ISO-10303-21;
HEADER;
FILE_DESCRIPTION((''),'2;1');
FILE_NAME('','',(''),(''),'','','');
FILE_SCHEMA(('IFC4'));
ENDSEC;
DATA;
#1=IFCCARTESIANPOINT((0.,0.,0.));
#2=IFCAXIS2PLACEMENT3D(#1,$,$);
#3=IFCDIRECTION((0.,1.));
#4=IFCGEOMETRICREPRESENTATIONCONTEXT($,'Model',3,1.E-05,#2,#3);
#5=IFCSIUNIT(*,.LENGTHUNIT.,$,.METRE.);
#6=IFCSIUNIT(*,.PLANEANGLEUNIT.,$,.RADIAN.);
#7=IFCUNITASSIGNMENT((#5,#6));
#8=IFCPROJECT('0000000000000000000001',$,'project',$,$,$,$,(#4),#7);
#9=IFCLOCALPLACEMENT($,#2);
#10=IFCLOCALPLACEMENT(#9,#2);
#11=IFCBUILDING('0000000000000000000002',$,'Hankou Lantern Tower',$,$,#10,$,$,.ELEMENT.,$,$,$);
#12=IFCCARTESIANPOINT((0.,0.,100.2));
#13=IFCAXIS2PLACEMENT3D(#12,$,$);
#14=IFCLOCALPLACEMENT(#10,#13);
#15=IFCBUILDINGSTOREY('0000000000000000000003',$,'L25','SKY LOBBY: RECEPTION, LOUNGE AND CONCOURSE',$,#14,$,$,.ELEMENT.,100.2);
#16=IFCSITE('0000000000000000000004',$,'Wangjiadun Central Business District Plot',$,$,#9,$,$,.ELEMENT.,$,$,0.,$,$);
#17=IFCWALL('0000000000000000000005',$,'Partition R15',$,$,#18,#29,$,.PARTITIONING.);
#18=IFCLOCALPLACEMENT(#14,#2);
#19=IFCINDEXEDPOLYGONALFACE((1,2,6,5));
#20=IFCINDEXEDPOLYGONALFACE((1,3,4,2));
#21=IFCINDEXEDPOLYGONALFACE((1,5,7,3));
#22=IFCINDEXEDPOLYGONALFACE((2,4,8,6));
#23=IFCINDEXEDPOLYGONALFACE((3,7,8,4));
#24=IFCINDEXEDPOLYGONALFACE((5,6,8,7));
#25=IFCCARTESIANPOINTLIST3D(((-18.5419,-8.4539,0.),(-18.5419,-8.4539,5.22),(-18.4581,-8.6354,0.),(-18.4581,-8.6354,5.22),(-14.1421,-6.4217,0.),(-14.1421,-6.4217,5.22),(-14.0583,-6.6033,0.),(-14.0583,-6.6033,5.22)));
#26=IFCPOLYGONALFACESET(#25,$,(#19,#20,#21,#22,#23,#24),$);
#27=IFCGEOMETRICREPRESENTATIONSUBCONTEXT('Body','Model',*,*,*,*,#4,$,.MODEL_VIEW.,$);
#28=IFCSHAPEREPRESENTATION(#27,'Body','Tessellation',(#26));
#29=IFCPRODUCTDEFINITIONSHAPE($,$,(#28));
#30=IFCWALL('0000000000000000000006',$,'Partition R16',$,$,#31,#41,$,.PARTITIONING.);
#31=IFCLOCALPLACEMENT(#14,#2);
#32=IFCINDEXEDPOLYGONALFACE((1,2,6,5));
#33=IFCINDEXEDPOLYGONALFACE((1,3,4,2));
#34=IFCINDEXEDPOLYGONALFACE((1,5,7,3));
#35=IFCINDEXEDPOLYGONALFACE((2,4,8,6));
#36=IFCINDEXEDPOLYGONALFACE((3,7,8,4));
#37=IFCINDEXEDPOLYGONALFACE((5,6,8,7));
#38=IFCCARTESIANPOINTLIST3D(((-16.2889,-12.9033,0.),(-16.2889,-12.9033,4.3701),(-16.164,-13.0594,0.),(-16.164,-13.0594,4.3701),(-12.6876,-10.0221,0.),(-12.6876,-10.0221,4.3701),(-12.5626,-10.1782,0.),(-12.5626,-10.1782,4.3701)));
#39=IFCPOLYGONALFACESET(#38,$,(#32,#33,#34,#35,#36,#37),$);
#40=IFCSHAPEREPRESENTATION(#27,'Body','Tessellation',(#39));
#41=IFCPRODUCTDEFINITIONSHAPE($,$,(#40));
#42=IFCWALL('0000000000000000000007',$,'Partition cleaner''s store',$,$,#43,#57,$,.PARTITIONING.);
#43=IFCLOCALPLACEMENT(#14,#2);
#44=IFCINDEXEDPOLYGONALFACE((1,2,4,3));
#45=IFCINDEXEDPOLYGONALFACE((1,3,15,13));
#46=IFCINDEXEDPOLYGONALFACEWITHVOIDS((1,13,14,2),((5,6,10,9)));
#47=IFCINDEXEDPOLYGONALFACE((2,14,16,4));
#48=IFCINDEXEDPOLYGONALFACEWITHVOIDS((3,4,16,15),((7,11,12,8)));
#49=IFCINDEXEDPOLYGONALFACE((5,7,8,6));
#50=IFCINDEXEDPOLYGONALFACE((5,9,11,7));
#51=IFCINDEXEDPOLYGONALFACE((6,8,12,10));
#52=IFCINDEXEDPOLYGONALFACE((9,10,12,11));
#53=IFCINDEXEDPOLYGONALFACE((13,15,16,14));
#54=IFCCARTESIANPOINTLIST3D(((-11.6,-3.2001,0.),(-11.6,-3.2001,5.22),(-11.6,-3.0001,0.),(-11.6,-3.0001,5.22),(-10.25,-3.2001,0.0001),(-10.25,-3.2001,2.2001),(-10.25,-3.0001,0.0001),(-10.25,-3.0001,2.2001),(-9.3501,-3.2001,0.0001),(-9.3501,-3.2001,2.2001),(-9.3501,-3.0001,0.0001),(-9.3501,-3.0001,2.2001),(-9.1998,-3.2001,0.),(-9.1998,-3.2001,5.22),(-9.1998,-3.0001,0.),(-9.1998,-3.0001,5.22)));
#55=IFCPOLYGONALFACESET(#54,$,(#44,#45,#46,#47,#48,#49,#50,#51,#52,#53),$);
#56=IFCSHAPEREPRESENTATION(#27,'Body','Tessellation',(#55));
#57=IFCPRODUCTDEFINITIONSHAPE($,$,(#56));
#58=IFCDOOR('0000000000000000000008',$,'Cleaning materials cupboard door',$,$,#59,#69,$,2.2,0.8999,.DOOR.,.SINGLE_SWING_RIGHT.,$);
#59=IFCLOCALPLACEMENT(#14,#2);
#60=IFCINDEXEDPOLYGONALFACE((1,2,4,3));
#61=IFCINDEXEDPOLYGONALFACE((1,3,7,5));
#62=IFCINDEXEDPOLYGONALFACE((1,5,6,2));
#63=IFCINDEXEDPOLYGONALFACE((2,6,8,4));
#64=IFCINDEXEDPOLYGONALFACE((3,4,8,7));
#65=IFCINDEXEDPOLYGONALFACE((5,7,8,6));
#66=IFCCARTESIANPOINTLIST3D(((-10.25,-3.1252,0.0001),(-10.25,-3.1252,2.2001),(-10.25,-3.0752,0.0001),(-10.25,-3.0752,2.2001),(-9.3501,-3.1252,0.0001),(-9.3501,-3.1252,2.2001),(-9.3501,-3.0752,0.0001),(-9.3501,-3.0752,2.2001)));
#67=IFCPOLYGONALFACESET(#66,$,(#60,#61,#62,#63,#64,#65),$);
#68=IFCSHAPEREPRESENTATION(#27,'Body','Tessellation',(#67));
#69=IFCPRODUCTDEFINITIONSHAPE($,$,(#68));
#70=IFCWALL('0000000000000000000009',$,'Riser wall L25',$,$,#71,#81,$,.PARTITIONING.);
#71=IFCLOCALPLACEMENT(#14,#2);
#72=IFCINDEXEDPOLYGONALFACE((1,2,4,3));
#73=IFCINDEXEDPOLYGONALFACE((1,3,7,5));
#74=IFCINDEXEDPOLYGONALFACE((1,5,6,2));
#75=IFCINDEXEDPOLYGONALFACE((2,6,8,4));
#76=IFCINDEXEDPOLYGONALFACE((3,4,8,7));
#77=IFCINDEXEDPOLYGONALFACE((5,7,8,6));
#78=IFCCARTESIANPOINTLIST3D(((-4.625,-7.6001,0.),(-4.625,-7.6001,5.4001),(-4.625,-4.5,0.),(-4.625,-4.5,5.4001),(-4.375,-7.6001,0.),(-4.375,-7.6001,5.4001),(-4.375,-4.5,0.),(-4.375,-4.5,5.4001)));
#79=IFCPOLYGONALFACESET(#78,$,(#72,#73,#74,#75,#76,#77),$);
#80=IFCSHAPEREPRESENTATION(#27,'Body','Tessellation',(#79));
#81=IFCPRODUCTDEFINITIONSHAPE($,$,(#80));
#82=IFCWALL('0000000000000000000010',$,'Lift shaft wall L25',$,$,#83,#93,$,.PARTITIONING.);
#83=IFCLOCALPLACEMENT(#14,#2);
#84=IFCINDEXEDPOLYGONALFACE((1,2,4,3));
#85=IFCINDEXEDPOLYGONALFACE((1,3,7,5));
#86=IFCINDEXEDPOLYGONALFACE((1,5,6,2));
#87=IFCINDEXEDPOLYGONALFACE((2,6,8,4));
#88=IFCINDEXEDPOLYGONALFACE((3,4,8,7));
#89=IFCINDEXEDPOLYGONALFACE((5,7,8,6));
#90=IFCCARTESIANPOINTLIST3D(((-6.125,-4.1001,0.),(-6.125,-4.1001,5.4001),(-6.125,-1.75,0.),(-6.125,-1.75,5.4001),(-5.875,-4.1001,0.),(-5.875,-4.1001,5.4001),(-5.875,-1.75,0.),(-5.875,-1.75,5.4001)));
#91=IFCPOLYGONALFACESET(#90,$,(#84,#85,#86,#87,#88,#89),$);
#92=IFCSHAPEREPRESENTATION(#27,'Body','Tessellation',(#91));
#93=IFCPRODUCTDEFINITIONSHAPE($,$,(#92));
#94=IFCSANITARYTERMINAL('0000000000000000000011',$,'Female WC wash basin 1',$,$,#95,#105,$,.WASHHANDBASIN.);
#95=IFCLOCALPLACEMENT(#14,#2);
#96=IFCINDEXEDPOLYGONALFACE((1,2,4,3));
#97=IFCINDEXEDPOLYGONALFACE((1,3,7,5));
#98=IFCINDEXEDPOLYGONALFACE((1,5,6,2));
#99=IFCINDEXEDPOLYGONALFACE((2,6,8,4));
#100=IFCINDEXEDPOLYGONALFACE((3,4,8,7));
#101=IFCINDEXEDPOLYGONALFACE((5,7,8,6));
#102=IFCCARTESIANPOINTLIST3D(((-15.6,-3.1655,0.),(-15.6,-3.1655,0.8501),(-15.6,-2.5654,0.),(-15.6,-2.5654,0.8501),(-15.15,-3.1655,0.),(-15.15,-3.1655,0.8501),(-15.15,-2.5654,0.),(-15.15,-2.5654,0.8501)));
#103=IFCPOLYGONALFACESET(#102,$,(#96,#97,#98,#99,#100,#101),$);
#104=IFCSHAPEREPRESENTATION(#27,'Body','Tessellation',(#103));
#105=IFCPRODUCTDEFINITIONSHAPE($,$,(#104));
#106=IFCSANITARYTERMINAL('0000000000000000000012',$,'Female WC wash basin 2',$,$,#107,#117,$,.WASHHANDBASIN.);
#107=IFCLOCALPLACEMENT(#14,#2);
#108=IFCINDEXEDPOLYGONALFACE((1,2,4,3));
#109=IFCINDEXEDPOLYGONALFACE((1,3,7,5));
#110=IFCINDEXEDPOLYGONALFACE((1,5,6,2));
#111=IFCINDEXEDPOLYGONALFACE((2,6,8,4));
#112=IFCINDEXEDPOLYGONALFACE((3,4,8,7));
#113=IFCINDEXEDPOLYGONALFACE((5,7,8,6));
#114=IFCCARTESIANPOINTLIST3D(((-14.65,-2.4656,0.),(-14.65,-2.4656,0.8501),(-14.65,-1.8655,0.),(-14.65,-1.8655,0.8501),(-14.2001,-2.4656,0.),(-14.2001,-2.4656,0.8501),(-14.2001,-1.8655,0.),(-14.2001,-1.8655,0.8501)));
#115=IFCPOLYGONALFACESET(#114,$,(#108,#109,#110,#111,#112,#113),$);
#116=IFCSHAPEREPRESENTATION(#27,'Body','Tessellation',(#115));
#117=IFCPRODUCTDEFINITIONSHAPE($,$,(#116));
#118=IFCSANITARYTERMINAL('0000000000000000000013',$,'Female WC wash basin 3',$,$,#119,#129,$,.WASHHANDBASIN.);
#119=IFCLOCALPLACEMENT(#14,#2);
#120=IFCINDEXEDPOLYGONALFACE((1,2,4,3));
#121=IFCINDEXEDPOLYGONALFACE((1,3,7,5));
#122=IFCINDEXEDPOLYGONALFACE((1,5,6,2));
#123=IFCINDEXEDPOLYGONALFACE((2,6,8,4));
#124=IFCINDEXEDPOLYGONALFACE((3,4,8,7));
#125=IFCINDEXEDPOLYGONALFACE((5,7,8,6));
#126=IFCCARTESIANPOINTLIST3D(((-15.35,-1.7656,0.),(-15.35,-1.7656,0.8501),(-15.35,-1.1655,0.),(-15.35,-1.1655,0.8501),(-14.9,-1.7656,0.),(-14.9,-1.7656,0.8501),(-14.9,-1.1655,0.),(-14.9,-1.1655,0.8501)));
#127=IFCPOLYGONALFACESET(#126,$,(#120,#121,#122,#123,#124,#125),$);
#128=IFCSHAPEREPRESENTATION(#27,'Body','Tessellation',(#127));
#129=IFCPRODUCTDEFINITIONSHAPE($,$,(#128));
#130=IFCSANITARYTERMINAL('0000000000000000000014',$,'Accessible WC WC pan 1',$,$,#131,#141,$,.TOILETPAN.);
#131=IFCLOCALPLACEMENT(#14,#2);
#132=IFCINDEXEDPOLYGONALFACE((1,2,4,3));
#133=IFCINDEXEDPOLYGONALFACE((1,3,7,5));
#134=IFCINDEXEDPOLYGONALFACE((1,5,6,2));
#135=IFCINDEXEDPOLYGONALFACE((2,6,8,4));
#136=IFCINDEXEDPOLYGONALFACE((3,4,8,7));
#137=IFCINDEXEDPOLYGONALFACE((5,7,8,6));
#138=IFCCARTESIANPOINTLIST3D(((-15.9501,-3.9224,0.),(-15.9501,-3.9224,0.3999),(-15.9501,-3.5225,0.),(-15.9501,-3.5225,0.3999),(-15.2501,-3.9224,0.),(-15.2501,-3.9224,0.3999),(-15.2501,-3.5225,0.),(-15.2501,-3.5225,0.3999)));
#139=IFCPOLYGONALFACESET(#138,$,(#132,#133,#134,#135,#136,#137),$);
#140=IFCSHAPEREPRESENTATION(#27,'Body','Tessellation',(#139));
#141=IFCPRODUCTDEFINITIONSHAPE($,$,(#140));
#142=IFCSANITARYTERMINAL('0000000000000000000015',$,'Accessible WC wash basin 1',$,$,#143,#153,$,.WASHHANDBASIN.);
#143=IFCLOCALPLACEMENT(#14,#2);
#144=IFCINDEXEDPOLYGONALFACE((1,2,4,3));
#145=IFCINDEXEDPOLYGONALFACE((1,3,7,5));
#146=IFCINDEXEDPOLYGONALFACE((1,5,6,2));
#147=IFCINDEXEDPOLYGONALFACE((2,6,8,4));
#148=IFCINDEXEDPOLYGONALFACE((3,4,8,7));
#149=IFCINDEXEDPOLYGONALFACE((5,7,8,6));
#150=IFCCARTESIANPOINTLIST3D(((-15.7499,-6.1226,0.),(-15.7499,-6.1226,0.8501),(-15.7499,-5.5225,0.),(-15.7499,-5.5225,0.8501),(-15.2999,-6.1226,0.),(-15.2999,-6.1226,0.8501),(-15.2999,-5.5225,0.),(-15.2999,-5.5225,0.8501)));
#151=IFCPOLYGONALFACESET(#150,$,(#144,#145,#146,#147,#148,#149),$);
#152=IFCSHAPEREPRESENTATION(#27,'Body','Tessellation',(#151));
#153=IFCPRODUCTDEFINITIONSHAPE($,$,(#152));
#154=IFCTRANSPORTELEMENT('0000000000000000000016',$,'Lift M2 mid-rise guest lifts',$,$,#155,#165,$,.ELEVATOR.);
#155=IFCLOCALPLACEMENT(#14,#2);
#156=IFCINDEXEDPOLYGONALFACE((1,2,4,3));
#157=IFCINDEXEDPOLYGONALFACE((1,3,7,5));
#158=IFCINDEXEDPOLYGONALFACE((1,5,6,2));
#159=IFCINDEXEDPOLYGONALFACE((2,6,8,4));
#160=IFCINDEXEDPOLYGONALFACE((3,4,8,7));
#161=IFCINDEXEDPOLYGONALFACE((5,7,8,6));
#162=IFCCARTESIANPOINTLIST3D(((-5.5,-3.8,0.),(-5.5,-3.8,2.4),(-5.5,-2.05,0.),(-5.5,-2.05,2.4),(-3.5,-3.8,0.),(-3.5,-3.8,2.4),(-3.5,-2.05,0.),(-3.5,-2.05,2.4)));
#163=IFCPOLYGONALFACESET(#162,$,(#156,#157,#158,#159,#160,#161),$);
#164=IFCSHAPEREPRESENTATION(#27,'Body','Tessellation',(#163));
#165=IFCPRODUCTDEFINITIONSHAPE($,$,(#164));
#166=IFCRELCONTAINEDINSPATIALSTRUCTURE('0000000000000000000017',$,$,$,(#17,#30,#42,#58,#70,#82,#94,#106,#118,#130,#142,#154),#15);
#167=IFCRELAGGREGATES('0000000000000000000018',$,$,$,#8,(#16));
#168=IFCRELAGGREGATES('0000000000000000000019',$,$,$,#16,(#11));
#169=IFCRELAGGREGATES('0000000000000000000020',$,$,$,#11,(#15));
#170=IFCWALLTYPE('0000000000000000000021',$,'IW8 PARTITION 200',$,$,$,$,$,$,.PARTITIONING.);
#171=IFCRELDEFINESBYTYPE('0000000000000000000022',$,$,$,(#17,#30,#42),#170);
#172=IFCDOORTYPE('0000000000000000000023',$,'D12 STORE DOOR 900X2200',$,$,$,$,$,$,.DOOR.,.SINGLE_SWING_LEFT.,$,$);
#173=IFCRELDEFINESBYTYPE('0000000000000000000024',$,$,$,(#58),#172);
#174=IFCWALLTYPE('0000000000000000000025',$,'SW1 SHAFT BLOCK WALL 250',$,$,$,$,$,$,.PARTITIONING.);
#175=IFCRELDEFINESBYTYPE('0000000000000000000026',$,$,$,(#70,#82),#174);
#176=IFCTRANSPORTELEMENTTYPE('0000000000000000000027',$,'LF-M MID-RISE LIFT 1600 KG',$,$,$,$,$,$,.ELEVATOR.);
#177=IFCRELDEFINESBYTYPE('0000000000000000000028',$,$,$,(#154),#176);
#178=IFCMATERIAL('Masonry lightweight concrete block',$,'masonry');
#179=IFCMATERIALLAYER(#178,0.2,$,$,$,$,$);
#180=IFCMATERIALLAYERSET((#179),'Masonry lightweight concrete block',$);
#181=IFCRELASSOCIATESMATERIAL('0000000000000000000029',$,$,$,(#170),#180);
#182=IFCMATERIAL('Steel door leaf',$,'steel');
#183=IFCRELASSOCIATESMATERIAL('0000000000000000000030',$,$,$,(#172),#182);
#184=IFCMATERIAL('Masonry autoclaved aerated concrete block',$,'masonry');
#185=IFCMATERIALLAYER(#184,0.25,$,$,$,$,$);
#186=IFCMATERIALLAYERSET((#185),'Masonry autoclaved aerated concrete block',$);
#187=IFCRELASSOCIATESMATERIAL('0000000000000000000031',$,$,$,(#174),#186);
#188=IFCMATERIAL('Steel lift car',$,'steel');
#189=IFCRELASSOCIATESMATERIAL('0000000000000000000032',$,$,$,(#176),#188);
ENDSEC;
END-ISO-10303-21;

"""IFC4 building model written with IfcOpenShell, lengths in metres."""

from ifc_helpers import new_model, si_unit, direction, frame, frame_2d, origin, origin_2d, place, context, subcontext, project, spatial, rectangle, extrude, material, layer, layer_set, type_object, element, fill, save


model = new_model("IFC4")

# Units and contexts
model_context = context("Model", 3, precision=1e-05, world=origin(), true_north=direction((0.0, 1.0)))
body_context = subcontext(model_context, "Body", "Model", "MODEL_VIEW")
ifc_project = project(units=[si_unit("LENGTHUNIT", "METRE"), si_unit("PLANEANGLEUNIT", "RADIAN")], contexts=[model_context])

# Site, building, storey
site_placement = place(None, origin())
site = spatial("IfcSite", under=ifc_project, at=site_placement, Name="Wangjiadun Central Business District Plot", CompositionType="ELEMENT", RefElevation=0.0)
building_placement = place(site_placement, origin())
building = spatial("IfcBuilding", under=site, at=building_placement, Name="Hankou Lantern Tower", CompositionType="ELEMENT")
storey_placement = place(building_placement, frame((0.0, 0.0, 100.2)))
storey = spatial("IfcBuildingStorey", under=building, at=storey_placement, Name="L25", Description="SKY LOBBY: RECEPTION, LOUNGE AND CONCOURSE", CompositionType="ELEMENT", Elevation=100.2)

# Walls
ifc_material_1 = material(Name="Masonry lightweight concrete block", Category="masonry")
ifc_layer_1 = layer(ifc_material_1, 0.2)
ifc_layer_set_1 = layer_set([ifc_layer_1], Name="Masonry lightweight concrete block")
wall_type_1 = type_object("IfcWallType", Name="IW8 PARTITION 200", PredefinedType="PARTITIONING", material=ifc_layer_set_1)
wall_1_placement = place(storey_placement, frame((-14.1001, -6.5125, 0.0), z_axis=(0.0, 0.0, 1.0), x_axis=(-0.907841, -0.419314, 0.0)))
element("IfcWall", 1, at=wall_1_placement, inside=storey, type_object=wall_type_1, Name="Partition R15", PredefinedType="PARTITIONING", context=body_context, shape_type="SweptSolid", body=[
    extrude(rectangle(XDim=4.8464, YDim=0.2, at=frame_2d((2.4233, 0.0))), origin(), (0.0, 0.0, 1.0), 5.22),
])
wall_2_placement = place(storey_placement, frame((-12.625, -10.1001, 0.0), z_axis=(0.0, 0.0, 1.0), x_axis=(-0.780864, -0.624702, 0.0)))
element("IfcWall", 2, at=wall_2_placement, inside=storey, type_object=wall_type_1, Name="Partition R16", PredefinedType="PARTITIONING", context=body_context, shape_type="SweptSolid", body=[
    extrude(rectangle(XDim=4.6121, YDim=0.2, at=frame_2d((2.3062, 0.0))), origin(), (0.0, 0.0, 1.0), 4.3701),
])

# Wall, opening, door
wall_3_placement = place(storey_placement, frame((-11.6001, -3.1001, 0.0), z_axis=(0.0, 0.0, 1.0), x_axis=(1.0, 0.0, 0.0)))
wall_3 = element("IfcWall", 3, at=wall_3_placement, inside=storey, type_object=wall_type_1, Name="Partition cleaner's store", PredefinedType="PARTITIONING", context=body_context, shape_type="SweptSolid", body=[
    extrude(rectangle(XDim=2.4001, YDim=0.2, at=frame_2d((1.2002, 0.0))), origin(), (0.0, 0.0, 1.0), 5.22),
])
opening_1_placement = place(wall_3_placement, frame((1.3501, 0.0, 0.0)))
opening_1 = element("IfcOpeningElement", 4, at=opening_1_placement, cuts=wall_3, PredefinedType="OPENING", context=body_context, shape_type="SweptSolid", body=[
    extrude(rectangle(XDim=0.8999, YDim=2.2, at=frame_2d((0.45, 1.1001))), frame((0.0, 0.1099, 0.0), z_axis=(0.0, -1.0, 0.0), x_axis=(1.0, 0.0, 0.0)), (0.0, 0.0, 1.0), 0.22),
])
ifc_material_2 = material(Name="Steel door leaf", Category="steel")
door_type_1 = type_object("IfcDoorType", Name="D12 STORE DOOR 900X2200", OperationType="SINGLE_SWING_LEFT", PredefinedType="DOOR", material=ifc_material_2)
door_1_placement = place(opening_1_placement, origin())
door_1 = element("IfcDoor", 5, at=door_1_placement, inside=storey, type_object=door_type_1, Name="Cleaning materials cupboard door", OperationType="SINGLE_SWING_RIGHT", OverallHeight=2.2, OverallWidth=0.8999, PredefinedType="DOOR", context=body_context, shape_type="SweptSolid", body=[
    extrude(rectangle(XDim=0.8999, YDim=2.2, at=frame_2d((0.45, 1.1001))), frame((0.0, 0.0249, 0.0), z_axis=(0.0, -1.0, 0.0), x_axis=(1.0, 0.0, 0.0)), (0.0, 0.0, 1.0), 0.05),
])
fill(opening_1, door_1)

# Walls
ifc_material_3 = material(Name="Masonry autoclaved aerated concrete block", Category="masonry")
ifc_layer_2 = layer(ifc_material_3, 0.25)
ifc_layer_set_2 = layer_set([ifc_layer_2], Name="Masonry autoclaved aerated concrete block")
wall_type_2 = type_object("IfcWallType", Name="SW1 SHAFT BLOCK WALL 250", PredefinedType="PARTITIONING", material=ifc_layer_set_2)
wall_4_placement = place(storey_placement, frame((-4.5, -7.6001, 0.0), z_axis=(0.0, 0.0, 1.0), x_axis=(0.0, 1.0, 0.0)))
element("IfcWall", 6, at=wall_4_placement, inside=storey, type_object=wall_type_2, Name="Riser wall L25", PredefinedType="PARTITIONING", context=body_context, shape_type="SweptSolid", body=[
    extrude(rectangle(XDim=3.1001, YDim=0.25, at=frame_2d((1.55, 0.0))), origin(), (0.0, 0.0, 1.0), 5.4001),
])
wall_5_placement = place(storey_placement, frame((-6.0, -4.1001, 0.0), z_axis=(0.0, 0.0, 1.0), x_axis=(0.0, 1.0, 0.0)))
element("IfcWall", 7, at=wall_5_placement, inside=storey, type_object=wall_type_2, Name="Lift shaft wall L25", PredefinedType="PARTITIONING", context=body_context, shape_type="SweptSolid", body=[
    extrude(rectangle(XDim=2.3501, YDim=0.25, at=frame_2d((1.175, 0.0))), origin(), (0.0, 0.0, 1.0), 5.4001),
])

# Sanitary terminals
for number, where, z_axis, x_axis, name in (
    (8, (-15.375, -2.8655, 0.0), (0.0, 0.0, 1.0), (0.0, 1.0, 0.0), "Female WC wash basin 1"),
    (9, (-14.425, -2.1655, 0.0), (0.0, 0.0, 1.0), (0.0, 1.0, 0.0), "Female WC wash basin 2"),
    (10, (-15.125, -1.4656, 0.0), (0.0, 0.0, 1.0), (0.0, 1.0, 0.0), "Female WC wash basin 3"),
):
    element("IfcSanitaryTerminal", number, at=place(storey_placement, frame(where, z_axis=z_axis, x_axis=x_axis)), inside=storey, Name=name, PredefinedType="WASHHANDBASIN", context=body_context, shape_type="SweptSolid", body=[
        extrude(rectangle(XDim=0.6001, YDim=0.45, at=origin_2d()), origin(), (0.0, 0.0, 1.0), 0.8501),
    ])
sanitary_terminal_1_placement = place(storey_placement, frame((-15.6001, -3.7224, 0.0), z_axis=(0.0, 0.0, 1.0), x_axis=(0.0, -1.0, 0.0)))
element("IfcSanitaryTerminal", 11, at=sanitary_terminal_1_placement, inside=storey, Name="Accessible WC WC pan 1", PredefinedType="TOILETPAN", context=body_context, shape_type="SweptSolid", body=[
    extrude(rectangle(XDim=0.3999, YDim=0.7, at=origin_2d()), origin(), (0.0, 0.0, 1.0), 0.3999),
])
sanitary_terminal_2_placement = place(storey_placement, frame((-15.5249, -5.8225, 0.0), z_axis=(0.0, 0.0, 1.0), x_axis=(0.0, -1.0, 0.0)))
element("IfcSanitaryTerminal", 12, at=sanitary_terminal_2_placement, inside=storey, Name="Accessible WC wash basin 1", PredefinedType="WASHHANDBASIN", context=body_context, shape_type="SweptSolid", body=[
    extrude(rectangle(XDim=0.6001, YDim=0.45, at=origin_2d()), origin(), (0.0, 0.0, 1.0), 0.8501),
])

# Transport element
ifc_material_4 = material(Name="Steel lift car", Category="steel")
transport_element_type = type_object("IfcTransportElementType", Name="LF-M MID-RISE LIFT 1600 KG", PredefinedType="ELEVATOR", material=ifc_material_4)
transport_element_placement = place(storey_placement, frame((-4.5, -2.925, 0.0), z_axis=(0.0, 0.0, 1.0), x_axis=(1.0, 0.0, 0.0)))
element("IfcTransportElement", 13, at=transport_element_placement, inside=storey, type_object=transport_element_type, Name="Lift M2 mid-rise guest lifts", PredefinedType="ELEVATOR", context=body_context, shape_type="SweptSolid", body=[
    extrude(rectangle(XDim=2.0, YDim=1.75, at=origin_2d()), origin(), (0.0, 0.0, 1.0), 2.4),
])

save(model, "model.ifc")
